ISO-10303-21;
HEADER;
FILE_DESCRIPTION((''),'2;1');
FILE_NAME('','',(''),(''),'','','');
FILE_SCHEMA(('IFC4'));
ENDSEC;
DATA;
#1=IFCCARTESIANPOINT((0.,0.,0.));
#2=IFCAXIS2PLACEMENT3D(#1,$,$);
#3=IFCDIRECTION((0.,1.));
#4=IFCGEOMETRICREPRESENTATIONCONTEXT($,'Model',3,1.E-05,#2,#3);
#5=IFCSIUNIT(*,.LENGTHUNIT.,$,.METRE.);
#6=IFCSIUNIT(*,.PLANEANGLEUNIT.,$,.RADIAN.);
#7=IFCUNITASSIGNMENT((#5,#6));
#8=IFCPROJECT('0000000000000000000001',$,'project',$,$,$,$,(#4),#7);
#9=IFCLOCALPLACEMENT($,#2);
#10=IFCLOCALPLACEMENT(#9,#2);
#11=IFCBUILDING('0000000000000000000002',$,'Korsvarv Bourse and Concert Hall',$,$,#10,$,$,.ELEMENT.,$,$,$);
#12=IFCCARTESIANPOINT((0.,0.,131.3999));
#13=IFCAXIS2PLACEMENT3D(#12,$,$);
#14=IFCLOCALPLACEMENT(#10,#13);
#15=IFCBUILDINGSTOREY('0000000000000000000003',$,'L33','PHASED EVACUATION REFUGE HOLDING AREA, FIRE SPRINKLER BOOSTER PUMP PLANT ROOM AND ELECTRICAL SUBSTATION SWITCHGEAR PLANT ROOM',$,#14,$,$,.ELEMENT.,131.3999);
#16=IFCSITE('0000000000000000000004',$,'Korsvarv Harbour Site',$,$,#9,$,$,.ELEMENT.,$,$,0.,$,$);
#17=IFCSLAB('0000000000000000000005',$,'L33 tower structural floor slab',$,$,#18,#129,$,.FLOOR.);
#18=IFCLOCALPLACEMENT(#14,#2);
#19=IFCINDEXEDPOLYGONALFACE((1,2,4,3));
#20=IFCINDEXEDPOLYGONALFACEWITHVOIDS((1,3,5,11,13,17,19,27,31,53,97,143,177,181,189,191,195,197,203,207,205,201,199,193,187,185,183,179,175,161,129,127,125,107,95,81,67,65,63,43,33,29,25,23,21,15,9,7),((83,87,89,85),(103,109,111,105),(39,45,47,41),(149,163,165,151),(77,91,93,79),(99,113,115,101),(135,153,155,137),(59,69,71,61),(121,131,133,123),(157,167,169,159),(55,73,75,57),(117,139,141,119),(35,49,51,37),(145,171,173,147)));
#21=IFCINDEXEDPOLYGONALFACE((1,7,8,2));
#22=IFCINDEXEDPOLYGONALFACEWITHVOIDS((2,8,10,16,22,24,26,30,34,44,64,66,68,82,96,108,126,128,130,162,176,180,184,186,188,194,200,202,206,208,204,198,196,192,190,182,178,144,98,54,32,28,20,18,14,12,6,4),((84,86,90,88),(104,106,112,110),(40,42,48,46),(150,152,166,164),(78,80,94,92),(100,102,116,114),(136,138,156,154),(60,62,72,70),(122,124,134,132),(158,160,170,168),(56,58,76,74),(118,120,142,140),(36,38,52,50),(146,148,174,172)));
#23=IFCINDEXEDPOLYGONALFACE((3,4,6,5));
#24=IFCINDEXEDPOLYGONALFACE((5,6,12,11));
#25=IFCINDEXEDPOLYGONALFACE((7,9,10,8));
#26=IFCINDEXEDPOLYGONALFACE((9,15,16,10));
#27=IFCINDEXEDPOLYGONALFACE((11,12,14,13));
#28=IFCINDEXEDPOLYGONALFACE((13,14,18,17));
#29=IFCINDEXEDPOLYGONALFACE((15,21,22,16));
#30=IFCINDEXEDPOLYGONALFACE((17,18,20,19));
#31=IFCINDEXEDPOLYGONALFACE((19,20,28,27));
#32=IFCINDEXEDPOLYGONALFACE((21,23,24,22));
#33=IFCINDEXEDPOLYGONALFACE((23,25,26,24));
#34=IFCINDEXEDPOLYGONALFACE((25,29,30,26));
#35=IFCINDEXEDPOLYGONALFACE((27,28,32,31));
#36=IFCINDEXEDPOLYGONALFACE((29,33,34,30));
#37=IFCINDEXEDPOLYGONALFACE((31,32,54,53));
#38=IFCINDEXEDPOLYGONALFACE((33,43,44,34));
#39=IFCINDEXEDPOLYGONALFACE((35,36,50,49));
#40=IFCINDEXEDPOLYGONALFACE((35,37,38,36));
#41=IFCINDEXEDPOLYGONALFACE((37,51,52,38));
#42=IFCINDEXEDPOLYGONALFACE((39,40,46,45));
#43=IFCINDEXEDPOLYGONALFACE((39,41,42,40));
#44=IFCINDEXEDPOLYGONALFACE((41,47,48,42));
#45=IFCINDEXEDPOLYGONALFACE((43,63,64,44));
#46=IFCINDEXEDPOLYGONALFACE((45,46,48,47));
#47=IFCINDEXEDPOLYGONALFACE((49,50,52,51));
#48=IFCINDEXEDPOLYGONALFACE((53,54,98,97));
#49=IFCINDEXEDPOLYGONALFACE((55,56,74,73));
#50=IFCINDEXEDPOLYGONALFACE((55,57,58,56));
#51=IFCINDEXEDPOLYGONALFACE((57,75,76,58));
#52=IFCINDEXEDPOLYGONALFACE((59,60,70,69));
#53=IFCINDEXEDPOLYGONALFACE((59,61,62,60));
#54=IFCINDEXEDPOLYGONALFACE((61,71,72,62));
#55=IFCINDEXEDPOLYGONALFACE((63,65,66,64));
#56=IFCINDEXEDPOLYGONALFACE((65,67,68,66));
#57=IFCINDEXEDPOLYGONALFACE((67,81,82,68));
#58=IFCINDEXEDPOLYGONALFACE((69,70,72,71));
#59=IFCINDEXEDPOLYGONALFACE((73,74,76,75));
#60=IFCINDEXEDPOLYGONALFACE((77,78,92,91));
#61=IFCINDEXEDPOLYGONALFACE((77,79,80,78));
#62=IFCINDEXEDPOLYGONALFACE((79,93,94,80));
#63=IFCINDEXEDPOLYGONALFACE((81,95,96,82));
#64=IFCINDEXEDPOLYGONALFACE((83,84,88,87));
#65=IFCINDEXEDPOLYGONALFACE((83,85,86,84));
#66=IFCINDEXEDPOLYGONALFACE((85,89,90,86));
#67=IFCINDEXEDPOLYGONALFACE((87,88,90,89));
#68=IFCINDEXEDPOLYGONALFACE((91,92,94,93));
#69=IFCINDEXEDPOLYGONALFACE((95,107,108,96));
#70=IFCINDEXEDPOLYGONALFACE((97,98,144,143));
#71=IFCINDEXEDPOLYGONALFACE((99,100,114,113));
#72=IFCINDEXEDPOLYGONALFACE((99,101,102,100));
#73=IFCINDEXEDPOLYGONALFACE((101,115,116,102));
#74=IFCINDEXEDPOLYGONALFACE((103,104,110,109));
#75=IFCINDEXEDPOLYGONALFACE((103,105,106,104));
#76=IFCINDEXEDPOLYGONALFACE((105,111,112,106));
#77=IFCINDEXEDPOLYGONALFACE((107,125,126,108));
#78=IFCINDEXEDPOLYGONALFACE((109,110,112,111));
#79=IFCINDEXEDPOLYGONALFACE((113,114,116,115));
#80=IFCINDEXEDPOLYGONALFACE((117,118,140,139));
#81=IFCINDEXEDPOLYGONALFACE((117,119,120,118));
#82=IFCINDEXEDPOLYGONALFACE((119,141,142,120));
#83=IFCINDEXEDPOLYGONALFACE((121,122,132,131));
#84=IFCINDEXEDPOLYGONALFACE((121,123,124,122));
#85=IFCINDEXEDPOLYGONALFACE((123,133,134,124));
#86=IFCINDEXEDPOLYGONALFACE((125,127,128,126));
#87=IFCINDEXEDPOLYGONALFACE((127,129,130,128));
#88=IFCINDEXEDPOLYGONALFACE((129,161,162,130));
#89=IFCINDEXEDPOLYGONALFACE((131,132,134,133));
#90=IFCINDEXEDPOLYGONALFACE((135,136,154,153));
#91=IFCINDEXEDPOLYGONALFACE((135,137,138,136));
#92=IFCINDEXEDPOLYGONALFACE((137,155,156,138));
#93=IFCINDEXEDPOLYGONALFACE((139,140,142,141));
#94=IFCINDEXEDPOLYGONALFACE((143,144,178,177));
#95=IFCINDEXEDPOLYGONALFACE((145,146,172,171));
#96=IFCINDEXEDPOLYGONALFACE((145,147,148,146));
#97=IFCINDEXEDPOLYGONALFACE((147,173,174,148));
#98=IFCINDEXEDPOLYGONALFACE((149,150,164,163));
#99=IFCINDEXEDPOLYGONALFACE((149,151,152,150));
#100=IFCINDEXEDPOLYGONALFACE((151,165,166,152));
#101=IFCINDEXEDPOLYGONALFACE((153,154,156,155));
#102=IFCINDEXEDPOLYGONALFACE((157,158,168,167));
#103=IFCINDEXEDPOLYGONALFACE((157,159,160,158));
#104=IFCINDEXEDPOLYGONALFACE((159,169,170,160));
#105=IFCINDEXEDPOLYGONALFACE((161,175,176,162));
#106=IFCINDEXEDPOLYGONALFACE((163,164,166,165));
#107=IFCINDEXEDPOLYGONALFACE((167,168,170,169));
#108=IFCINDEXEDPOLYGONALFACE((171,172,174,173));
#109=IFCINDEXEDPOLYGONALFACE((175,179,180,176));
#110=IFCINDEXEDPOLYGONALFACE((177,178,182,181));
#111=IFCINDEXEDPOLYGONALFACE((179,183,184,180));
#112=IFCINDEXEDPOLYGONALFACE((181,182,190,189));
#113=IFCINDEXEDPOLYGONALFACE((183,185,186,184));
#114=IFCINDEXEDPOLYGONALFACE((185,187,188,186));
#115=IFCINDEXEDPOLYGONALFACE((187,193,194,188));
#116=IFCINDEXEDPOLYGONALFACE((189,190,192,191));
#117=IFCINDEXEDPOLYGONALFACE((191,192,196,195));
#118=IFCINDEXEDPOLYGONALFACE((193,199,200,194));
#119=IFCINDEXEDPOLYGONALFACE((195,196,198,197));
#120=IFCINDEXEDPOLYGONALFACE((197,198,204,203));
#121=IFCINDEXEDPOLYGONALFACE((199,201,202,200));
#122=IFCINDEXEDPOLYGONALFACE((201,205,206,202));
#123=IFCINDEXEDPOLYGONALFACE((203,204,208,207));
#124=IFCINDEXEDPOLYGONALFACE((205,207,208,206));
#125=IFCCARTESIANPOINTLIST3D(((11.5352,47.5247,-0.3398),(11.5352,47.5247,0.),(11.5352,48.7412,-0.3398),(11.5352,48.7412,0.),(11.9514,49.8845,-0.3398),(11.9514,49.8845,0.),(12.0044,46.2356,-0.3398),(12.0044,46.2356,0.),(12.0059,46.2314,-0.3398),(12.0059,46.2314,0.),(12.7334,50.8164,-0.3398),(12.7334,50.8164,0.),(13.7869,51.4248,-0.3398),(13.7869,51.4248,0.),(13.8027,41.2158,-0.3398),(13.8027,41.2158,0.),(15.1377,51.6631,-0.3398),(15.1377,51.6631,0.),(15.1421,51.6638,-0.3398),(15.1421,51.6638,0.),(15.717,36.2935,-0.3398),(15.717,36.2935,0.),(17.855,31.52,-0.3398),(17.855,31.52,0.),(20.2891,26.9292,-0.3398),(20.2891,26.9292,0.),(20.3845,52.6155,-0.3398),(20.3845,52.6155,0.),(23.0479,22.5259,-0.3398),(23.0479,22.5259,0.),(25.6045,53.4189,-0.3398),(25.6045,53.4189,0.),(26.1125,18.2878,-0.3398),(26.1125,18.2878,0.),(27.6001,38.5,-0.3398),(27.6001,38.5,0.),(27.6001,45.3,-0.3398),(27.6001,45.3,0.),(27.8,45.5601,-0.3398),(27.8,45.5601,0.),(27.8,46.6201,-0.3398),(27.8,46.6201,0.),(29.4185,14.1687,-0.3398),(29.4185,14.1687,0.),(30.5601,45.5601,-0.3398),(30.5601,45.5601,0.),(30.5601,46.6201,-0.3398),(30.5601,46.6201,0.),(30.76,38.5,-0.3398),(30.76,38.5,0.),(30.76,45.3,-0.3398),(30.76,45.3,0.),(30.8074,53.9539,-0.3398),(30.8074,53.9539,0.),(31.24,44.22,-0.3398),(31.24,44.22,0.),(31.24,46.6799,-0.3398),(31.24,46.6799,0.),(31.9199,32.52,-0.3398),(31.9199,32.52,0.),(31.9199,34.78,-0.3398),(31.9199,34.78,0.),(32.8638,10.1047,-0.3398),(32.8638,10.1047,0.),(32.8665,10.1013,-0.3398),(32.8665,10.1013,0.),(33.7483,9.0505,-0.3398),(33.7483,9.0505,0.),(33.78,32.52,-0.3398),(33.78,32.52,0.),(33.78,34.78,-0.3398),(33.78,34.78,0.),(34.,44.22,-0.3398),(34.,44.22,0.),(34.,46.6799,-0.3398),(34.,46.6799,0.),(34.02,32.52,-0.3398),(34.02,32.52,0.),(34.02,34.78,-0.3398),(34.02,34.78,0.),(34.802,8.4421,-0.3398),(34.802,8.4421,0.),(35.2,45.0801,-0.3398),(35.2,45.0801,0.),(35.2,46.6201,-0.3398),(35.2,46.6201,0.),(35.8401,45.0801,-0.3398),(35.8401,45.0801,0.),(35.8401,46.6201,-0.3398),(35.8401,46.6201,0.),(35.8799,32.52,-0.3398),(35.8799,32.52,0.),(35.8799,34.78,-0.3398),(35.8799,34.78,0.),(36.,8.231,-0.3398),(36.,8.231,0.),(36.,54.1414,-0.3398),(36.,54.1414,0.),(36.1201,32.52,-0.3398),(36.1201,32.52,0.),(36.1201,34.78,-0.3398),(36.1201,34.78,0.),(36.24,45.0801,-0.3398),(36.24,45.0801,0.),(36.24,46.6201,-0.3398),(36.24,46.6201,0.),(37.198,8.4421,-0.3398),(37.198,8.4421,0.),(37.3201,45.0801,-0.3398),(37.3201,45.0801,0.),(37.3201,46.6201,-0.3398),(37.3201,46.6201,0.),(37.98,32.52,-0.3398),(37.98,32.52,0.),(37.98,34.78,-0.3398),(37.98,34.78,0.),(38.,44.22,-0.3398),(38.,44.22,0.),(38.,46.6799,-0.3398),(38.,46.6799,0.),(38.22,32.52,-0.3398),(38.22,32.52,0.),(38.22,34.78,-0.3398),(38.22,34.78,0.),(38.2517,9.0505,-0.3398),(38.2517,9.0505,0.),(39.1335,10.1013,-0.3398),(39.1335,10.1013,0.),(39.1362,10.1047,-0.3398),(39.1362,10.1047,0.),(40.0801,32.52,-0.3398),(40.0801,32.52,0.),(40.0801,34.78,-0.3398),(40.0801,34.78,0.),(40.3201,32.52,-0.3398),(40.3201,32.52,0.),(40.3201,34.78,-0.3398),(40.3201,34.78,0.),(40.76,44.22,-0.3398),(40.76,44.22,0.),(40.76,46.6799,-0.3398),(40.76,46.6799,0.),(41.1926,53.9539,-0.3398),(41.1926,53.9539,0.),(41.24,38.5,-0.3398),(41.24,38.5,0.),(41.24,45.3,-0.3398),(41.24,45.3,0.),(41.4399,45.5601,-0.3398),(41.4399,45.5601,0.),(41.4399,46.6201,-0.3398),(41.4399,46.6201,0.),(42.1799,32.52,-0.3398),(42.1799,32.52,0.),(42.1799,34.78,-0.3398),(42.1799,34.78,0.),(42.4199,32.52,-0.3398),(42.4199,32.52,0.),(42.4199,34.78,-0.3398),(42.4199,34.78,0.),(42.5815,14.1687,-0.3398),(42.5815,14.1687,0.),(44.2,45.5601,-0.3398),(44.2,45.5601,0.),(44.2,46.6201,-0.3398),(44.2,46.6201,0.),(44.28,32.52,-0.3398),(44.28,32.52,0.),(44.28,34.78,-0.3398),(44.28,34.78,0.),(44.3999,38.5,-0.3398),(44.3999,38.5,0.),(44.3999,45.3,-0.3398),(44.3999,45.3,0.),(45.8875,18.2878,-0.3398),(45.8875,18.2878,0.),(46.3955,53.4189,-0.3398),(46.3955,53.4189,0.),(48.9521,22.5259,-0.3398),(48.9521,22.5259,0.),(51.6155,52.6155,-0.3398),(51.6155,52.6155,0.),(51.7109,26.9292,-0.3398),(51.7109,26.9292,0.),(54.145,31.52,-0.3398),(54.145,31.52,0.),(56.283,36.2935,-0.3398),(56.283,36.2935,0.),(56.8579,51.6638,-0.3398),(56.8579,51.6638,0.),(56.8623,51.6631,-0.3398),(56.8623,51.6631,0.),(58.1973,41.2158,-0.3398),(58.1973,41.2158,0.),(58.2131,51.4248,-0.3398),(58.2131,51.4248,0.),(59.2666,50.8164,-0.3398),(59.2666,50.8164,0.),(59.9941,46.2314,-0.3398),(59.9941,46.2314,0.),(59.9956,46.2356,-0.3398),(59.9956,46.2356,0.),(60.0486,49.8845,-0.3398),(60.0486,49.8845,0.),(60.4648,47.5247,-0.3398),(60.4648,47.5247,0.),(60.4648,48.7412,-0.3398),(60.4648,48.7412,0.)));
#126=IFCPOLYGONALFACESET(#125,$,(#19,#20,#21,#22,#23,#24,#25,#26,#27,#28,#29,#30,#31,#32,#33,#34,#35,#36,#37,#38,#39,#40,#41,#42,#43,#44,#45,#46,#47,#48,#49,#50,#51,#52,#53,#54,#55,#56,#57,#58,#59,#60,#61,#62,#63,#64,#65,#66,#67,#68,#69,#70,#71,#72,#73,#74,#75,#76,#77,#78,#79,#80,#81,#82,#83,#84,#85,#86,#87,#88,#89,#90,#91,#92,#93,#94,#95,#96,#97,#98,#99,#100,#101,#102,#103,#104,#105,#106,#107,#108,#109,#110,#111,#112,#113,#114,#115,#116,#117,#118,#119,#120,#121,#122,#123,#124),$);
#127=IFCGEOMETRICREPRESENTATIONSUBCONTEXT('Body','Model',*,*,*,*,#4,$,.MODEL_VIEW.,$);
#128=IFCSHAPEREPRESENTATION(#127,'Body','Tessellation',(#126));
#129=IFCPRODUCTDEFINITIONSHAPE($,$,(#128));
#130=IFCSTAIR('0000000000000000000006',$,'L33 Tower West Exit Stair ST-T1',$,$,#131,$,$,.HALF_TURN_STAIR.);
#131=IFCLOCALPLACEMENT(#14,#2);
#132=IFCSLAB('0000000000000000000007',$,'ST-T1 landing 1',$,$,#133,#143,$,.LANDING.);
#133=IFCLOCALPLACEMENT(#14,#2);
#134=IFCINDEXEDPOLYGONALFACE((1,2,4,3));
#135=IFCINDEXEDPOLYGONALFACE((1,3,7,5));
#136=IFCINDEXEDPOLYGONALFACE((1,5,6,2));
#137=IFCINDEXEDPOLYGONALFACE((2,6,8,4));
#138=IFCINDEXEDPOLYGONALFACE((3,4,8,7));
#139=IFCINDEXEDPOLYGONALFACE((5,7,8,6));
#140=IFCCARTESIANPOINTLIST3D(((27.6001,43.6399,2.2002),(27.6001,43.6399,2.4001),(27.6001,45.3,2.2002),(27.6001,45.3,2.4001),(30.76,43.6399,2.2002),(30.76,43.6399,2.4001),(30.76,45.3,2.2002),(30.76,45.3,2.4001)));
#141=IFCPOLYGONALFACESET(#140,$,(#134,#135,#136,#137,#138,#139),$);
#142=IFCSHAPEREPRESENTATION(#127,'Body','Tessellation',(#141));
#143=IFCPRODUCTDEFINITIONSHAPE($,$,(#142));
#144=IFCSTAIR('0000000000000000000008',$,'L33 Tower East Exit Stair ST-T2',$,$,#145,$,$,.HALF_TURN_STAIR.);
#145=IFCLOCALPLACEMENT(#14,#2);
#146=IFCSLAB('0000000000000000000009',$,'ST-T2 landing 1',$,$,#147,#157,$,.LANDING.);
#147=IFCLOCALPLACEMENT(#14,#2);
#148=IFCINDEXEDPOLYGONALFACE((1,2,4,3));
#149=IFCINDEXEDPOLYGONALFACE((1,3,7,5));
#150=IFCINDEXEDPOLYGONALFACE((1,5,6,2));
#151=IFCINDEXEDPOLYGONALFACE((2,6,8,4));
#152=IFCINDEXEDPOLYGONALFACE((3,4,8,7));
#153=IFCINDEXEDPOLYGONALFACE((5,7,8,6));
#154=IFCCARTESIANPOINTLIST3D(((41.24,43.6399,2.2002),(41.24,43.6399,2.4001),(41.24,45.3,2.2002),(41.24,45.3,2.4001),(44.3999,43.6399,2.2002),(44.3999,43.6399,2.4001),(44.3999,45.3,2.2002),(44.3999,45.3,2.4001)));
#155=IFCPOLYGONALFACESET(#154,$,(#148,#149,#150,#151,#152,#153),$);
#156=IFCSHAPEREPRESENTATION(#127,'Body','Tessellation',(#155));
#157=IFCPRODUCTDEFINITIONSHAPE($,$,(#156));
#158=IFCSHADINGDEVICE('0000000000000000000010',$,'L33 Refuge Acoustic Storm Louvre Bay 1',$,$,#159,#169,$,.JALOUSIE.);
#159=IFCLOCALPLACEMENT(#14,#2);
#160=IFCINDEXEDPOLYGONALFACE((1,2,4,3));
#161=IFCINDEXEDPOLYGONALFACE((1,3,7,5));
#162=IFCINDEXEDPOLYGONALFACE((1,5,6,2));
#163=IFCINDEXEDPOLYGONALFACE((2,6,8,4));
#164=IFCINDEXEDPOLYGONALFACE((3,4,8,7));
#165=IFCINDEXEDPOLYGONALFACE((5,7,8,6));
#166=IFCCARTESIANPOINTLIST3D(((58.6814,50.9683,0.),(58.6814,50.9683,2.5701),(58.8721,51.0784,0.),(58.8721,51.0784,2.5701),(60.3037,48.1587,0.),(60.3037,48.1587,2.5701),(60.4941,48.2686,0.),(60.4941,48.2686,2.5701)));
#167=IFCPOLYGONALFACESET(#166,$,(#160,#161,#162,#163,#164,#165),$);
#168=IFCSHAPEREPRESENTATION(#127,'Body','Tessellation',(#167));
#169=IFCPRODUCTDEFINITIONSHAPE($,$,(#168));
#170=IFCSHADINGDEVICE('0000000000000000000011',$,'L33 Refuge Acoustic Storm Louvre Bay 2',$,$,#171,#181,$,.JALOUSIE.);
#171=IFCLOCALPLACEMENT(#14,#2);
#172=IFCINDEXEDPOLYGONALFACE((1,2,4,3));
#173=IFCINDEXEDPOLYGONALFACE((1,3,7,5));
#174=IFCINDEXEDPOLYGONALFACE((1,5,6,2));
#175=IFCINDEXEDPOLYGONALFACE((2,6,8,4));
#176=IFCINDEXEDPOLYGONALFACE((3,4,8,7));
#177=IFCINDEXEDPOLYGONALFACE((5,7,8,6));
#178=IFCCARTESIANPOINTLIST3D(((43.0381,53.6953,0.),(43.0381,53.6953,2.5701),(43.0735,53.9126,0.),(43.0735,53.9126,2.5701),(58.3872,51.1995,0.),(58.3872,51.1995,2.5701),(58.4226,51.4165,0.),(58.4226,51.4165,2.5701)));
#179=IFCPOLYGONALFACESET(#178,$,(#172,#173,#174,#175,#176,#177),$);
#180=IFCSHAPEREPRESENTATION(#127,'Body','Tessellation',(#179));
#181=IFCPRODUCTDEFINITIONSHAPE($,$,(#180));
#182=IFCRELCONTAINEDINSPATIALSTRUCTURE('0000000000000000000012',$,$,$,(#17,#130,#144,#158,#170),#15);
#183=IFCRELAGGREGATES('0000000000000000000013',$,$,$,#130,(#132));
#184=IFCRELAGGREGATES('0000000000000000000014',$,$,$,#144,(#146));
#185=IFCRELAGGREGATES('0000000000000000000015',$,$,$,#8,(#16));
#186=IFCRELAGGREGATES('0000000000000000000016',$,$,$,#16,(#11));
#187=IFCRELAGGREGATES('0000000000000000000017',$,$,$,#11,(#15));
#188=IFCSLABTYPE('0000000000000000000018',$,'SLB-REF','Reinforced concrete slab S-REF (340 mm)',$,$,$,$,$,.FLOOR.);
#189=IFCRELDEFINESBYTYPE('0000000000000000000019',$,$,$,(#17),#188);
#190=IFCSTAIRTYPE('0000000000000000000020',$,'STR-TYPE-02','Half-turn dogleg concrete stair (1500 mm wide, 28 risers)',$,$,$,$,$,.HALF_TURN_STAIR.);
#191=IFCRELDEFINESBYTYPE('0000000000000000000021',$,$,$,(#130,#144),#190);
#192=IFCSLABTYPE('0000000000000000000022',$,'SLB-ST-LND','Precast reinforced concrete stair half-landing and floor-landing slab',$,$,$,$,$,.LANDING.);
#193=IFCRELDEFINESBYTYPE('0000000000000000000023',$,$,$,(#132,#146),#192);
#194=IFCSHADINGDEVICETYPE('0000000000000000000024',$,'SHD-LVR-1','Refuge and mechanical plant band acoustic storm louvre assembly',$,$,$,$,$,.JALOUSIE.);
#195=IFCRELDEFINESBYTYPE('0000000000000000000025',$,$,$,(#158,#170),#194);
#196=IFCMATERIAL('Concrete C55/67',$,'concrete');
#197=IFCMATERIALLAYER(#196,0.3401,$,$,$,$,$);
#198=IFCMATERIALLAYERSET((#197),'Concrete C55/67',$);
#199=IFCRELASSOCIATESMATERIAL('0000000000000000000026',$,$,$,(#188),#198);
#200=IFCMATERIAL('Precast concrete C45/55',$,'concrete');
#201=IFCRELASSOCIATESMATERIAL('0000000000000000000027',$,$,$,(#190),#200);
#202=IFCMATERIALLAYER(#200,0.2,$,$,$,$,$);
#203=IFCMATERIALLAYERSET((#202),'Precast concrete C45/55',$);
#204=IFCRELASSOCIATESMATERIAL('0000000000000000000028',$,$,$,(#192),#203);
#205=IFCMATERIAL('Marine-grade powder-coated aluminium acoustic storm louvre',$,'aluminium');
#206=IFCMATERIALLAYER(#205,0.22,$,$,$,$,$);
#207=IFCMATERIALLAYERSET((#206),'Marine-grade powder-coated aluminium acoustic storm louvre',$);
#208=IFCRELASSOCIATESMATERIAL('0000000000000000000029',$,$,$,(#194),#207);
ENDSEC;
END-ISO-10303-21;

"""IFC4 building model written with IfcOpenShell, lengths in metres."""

from ifc_helpers import new_model, si_unit, direction, frame, origin, place, context, subcontext, project, spatial, polyline, outline, extrude, material, layer, layer_set, type_object, element, aggregate, save


model = new_model("IFC4")

# Units and contexts
model_context = context("Model", 3, precision=1e-05, world=origin(), true_north=direction((0.0, 1.0)))
body_context = subcontext(model_context, "Body", "Model", "MODEL_VIEW")
ifc_project = project(units=[si_unit("LENGTHUNIT", "METRE"), si_unit("PLANEANGLEUNIT", "RADIAN")], contexts=[model_context])

# Site, building, storey
site_placement = place(None, origin())
site = spatial("IfcSite", under=ifc_project, at=site_placement, Name="Korsvarv Harbour Site", CompositionType="ELEMENT", RefElevation=0.0)
building_placement = place(site_placement, origin())
building = spatial("IfcBuilding", under=site, at=building_placement, Name="Korsvarv Bourse and Concert Hall", CompositionType="ELEMENT")
storey_placement = place(building_placement, frame((0.0, 0.0, 131.3999)))
storey = spatial("IfcBuildingStorey", under=building, at=storey_placement, Name="L33", Description="PHASED EVACUATION REFUGE HOLDING AREA, FIRE SPRINKLER BOOSTER PUMP PLANT ROOM AND ELECTRICAL SUBSTATION SWITCHGEAR PLANT ROOM", CompositionType="ELEMENT", Elevation=131.3999)

# Slab
ifc_material_1 = material(Name="Precast concrete C45/55", Category="concrete")
ifc_material_2 = material(Name="Concrete C55/67", Category="concrete")
ifc_layer_1 = layer(ifc_material_2, 0.3401)
ifc_layer_set_1 = layer_set([ifc_layer_1], Name="Concrete C55/67")
slab_type_1 = type_object("IfcSlabType", Name="SLB-REF", Description="Reinforced concrete slab S-REF (340 mm)", PredefinedType="FLOOR", material=ifc_layer_set_1)
slab_1_placement = place(storey_placement, frame((0.0, 0.0, -0.3398)))
element("IfcSlab", 1, at=slab_1_placement, inside=storey, type_object=slab_type_1, Name="L33 tower structural floor slab", PredefinedType="FLOOR", context=body_context, shape_type="SweptSolid", body=[
    extrude(outline(polyline([(59.9941, 46.2314), (58.1973, 41.2158), (56.283, 36.2935), (54.145, 31.52), (51.7109, 26.9292), (48.9521, 22.5259), (45.8875, 18.2878), (42.5815, 14.1687), (39.1362, 10.1047), (39.1335, 10.1013), (38.2517, 9.0505), (37.198, 8.4421), (36.0, 8.231), (34.802, 8.4421), (33.7483, 9.0505), (32.8665, 10.1013), (32.8638, 10.1047), (29.4185, 14.1687), (26.1125, 18.2878), (23.0479, 22.5259), (20.2891, 26.9292), (17.855, 31.52), (15.717, 36.2935), (13.8027, 41.2158), (12.0059, 46.2314), (12.0044, 46.2356), (11.5352, 47.5247), (11.5352, 48.7412), (11.9514, 49.8845), (12.7334, 50.8164), (13.7869, 51.4248), (15.1377, 51.6631), (15.1421, 51.6638), (20.3845, 52.6155), (25.6045, 53.4189), (30.8074, 53.9539), (36.0, 54.1414), (41.1926, 53.9539), (46.3955, 53.4189), (51.6155, 52.6155), (56.8579, 51.6638), (56.8623, 51.6631), (58.2131, 51.4248), (59.2666, 50.8164), (60.0486, 49.8845), (60.4648, 48.7412), (60.4648, 47.5247), (59.9956, 46.2356), (59.9941, 46.2314)]), holes=[polyline([(30.76, 38.5), (30.76, 45.3), (27.6001, 45.3), (27.6001, 38.5), (30.76, 38.5)]), polyline([(44.3999, 38.5), (44.3999, 45.3), (41.24, 45.3), (41.24, 38.5), (44.3999, 38.5)]), polyline([(31.24, 44.22), (34.0, 44.22), (34.0, 46.6799), (31.24, 46.6799), (31.24, 44.22)]), polyline([(38.0, 44.22), (40.76, 44.22), (40.76, 46.6799), (38.0, 46.6799), (38.0, 44.22)]), polyline([(31.9199, 32.52), (33.78, 32.52), (33.78, 34.78), (31.9199, 34.78), (31.9199, 32.52)]), polyline([(34.02, 32.52), (35.8799, 32.52), (35.8799, 34.78), (34.02, 34.78), (34.02, 32.52)]), polyline([(36.1201, 32.52), (37.98, 32.52), (37.98, 34.78), (36.1201, 34.78), (36.1201, 32.52)]), polyline([(38.22, 32.52), (40.0801, 32.52), (40.0801, 34.78), (38.22, 34.78), (38.22, 32.52)]), polyline([(40.3201, 32.52), (42.1799, 32.52), (42.1799, 34.78), (40.3201, 34.78), (40.3201, 32.52)]), polyline([(42.4199, 32.52), (44.28, 32.52), (44.28, 34.78), (42.4199, 34.78), (42.4199, 32.52)]), polyline([(27.8, 45.5601), (30.5601, 45.5601), (30.5601, 46.6201), (27.8, 46.6201), (27.8, 45.5601)]), polyline([(41.4399, 45.5601), (44.2, 45.5601), (44.2, 46.6201), (41.4399, 46.6201), (41.4399, 45.5601)]), polyline([(35.2, 45.0801), (35.8401, 45.0801), (35.8401, 46.6201), (35.2, 46.6201), (35.2, 45.0801)]), polyline([(36.24, 45.0801), (37.3201, 45.0801), (37.3201, 46.6201), (36.24, 46.6201), (36.24, 45.0801)])]), origin(), (0.0, 0.0, 1.0), 0.3398),
])

# Stairs, slabs
stair_type = type_object("IfcStairType", Name="STR-TYPE-02", Description="Half-turn dogleg concrete stair (1500 mm wide, 28 risers)", PredefinedType="HALF_TURN_STAIR", material=ifc_material_1)
stair_1_placement = place(storey_placement, origin())
stair_1 = element("IfcStair", 2, at=stair_1_placement, inside=storey, type_object=stair_type, Name="L33 Tower West Exit Stair ST-T1", PredefinedType="HALF_TURN_STAIR")
ifc_layer_2 = layer(ifc_material_1, 0.2)
ifc_layer_set_2 = layer_set([ifc_layer_2], Name="Precast concrete C45/55")
slab_type_2 = type_object("IfcSlabType", Name="SLB-ST-LND", Description="Precast reinforced concrete stair half-landing and floor-landing slab", PredefinedType="LANDING", material=ifc_layer_set_2)
slab_2_placement = place(storey_placement, frame((0.0, 0.0, 2.2002)))
slab_2 = element("IfcSlab", 3, at=slab_2_placement, type_object=slab_type_2, Name="ST-T1 landing 1", PredefinedType="LANDING", context=body_context, shape_type="SweptSolid", body=[
    extrude(outline(polyline([(30.76, 43.6399), (30.76, 45.3), (27.6001, 45.3), (27.6001, 43.6399), (30.76, 43.6399)])), origin(), (0.0, 0.0, 1.0), 0.2),
])
aggregate(stair_1, [slab_2])
stair_2_placement = place(storey_placement, origin())
stair_2 = element("IfcStair", 4, at=stair_2_placement, inside=storey, type_object=stair_type, Name="L33 Tower East Exit Stair ST-T2", PredefinedType="HALF_TURN_STAIR")
slab_3_placement = place(storey_placement, frame((0.0, 0.0, 2.2002)))
slab_3 = element("IfcSlab", 5, at=slab_3_placement, type_object=slab_type_2, Name="ST-T2 landing 1", PredefinedType="LANDING", context=body_context, shape_type="SweptSolid", body=[
    extrude(outline(polyline([(44.3999, 43.6399), (44.3999, 45.3), (41.24, 45.3), (41.24, 43.6399), (44.3999, 43.6399)])), origin(), (0.0, 0.0, 1.0), 0.2),
])
aggregate(stair_2, [slab_3])

# Shading devices
ifc_material_3 = material(Name="Marine-grade powder-coated aluminium acoustic storm louvre", Category="aluminium")
ifc_layer_3 = layer(ifc_material_3, 0.22)
ifc_layer_set_3 = layer_set([ifc_layer_3], Name="Marine-grade powder-coated aluminium acoustic storm louvre")
shading_device_type = type_object("IfcShadingDeviceType", Name="SHD-LVR-1", Description="Refuge and mechanical plant band acoustic storm louvre assembly", PredefinedType="JALOUSIE", material=ifc_layer_set_3)
shading_device_1_placement = place(storey_placement, origin())
element("IfcShadingDevice", 6, at=shading_device_1_placement, inside=storey, type_object=shading_device_type, Name="L33 Refuge Acoustic Storm Louvre Bay 1", PredefinedType="JALOUSIE", context=body_context, shape_type="SweptSolid", body=[
    extrude(outline(polyline([(60.3037, 48.1587), (58.6814, 50.9683), (58.8721, 51.0784), (60.4941, 48.2686), (60.3037, 48.1587)])), origin(), (0.0, 0.0, 1.0), 2.5701),
])
shading_device_2_placement = place(storey_placement, origin())
element("IfcShadingDevice", 7, at=shading_device_2_placement, inside=storey, type_object=shading_device_type, Name="L33 Refuge Acoustic Storm Louvre Bay 2", PredefinedType="JALOUSIE", context=body_context, shape_type="SweptSolid", body=[
    extrude(outline(polyline([(58.3872, 51.1995), (43.0381, 53.6953), (43.0735, 53.9126), (58.4226, 51.4165), (58.3872, 51.1995)])), origin(), (0.0, 0.0, 1.0), 2.5701),
])

save(model, "model.ifc")
